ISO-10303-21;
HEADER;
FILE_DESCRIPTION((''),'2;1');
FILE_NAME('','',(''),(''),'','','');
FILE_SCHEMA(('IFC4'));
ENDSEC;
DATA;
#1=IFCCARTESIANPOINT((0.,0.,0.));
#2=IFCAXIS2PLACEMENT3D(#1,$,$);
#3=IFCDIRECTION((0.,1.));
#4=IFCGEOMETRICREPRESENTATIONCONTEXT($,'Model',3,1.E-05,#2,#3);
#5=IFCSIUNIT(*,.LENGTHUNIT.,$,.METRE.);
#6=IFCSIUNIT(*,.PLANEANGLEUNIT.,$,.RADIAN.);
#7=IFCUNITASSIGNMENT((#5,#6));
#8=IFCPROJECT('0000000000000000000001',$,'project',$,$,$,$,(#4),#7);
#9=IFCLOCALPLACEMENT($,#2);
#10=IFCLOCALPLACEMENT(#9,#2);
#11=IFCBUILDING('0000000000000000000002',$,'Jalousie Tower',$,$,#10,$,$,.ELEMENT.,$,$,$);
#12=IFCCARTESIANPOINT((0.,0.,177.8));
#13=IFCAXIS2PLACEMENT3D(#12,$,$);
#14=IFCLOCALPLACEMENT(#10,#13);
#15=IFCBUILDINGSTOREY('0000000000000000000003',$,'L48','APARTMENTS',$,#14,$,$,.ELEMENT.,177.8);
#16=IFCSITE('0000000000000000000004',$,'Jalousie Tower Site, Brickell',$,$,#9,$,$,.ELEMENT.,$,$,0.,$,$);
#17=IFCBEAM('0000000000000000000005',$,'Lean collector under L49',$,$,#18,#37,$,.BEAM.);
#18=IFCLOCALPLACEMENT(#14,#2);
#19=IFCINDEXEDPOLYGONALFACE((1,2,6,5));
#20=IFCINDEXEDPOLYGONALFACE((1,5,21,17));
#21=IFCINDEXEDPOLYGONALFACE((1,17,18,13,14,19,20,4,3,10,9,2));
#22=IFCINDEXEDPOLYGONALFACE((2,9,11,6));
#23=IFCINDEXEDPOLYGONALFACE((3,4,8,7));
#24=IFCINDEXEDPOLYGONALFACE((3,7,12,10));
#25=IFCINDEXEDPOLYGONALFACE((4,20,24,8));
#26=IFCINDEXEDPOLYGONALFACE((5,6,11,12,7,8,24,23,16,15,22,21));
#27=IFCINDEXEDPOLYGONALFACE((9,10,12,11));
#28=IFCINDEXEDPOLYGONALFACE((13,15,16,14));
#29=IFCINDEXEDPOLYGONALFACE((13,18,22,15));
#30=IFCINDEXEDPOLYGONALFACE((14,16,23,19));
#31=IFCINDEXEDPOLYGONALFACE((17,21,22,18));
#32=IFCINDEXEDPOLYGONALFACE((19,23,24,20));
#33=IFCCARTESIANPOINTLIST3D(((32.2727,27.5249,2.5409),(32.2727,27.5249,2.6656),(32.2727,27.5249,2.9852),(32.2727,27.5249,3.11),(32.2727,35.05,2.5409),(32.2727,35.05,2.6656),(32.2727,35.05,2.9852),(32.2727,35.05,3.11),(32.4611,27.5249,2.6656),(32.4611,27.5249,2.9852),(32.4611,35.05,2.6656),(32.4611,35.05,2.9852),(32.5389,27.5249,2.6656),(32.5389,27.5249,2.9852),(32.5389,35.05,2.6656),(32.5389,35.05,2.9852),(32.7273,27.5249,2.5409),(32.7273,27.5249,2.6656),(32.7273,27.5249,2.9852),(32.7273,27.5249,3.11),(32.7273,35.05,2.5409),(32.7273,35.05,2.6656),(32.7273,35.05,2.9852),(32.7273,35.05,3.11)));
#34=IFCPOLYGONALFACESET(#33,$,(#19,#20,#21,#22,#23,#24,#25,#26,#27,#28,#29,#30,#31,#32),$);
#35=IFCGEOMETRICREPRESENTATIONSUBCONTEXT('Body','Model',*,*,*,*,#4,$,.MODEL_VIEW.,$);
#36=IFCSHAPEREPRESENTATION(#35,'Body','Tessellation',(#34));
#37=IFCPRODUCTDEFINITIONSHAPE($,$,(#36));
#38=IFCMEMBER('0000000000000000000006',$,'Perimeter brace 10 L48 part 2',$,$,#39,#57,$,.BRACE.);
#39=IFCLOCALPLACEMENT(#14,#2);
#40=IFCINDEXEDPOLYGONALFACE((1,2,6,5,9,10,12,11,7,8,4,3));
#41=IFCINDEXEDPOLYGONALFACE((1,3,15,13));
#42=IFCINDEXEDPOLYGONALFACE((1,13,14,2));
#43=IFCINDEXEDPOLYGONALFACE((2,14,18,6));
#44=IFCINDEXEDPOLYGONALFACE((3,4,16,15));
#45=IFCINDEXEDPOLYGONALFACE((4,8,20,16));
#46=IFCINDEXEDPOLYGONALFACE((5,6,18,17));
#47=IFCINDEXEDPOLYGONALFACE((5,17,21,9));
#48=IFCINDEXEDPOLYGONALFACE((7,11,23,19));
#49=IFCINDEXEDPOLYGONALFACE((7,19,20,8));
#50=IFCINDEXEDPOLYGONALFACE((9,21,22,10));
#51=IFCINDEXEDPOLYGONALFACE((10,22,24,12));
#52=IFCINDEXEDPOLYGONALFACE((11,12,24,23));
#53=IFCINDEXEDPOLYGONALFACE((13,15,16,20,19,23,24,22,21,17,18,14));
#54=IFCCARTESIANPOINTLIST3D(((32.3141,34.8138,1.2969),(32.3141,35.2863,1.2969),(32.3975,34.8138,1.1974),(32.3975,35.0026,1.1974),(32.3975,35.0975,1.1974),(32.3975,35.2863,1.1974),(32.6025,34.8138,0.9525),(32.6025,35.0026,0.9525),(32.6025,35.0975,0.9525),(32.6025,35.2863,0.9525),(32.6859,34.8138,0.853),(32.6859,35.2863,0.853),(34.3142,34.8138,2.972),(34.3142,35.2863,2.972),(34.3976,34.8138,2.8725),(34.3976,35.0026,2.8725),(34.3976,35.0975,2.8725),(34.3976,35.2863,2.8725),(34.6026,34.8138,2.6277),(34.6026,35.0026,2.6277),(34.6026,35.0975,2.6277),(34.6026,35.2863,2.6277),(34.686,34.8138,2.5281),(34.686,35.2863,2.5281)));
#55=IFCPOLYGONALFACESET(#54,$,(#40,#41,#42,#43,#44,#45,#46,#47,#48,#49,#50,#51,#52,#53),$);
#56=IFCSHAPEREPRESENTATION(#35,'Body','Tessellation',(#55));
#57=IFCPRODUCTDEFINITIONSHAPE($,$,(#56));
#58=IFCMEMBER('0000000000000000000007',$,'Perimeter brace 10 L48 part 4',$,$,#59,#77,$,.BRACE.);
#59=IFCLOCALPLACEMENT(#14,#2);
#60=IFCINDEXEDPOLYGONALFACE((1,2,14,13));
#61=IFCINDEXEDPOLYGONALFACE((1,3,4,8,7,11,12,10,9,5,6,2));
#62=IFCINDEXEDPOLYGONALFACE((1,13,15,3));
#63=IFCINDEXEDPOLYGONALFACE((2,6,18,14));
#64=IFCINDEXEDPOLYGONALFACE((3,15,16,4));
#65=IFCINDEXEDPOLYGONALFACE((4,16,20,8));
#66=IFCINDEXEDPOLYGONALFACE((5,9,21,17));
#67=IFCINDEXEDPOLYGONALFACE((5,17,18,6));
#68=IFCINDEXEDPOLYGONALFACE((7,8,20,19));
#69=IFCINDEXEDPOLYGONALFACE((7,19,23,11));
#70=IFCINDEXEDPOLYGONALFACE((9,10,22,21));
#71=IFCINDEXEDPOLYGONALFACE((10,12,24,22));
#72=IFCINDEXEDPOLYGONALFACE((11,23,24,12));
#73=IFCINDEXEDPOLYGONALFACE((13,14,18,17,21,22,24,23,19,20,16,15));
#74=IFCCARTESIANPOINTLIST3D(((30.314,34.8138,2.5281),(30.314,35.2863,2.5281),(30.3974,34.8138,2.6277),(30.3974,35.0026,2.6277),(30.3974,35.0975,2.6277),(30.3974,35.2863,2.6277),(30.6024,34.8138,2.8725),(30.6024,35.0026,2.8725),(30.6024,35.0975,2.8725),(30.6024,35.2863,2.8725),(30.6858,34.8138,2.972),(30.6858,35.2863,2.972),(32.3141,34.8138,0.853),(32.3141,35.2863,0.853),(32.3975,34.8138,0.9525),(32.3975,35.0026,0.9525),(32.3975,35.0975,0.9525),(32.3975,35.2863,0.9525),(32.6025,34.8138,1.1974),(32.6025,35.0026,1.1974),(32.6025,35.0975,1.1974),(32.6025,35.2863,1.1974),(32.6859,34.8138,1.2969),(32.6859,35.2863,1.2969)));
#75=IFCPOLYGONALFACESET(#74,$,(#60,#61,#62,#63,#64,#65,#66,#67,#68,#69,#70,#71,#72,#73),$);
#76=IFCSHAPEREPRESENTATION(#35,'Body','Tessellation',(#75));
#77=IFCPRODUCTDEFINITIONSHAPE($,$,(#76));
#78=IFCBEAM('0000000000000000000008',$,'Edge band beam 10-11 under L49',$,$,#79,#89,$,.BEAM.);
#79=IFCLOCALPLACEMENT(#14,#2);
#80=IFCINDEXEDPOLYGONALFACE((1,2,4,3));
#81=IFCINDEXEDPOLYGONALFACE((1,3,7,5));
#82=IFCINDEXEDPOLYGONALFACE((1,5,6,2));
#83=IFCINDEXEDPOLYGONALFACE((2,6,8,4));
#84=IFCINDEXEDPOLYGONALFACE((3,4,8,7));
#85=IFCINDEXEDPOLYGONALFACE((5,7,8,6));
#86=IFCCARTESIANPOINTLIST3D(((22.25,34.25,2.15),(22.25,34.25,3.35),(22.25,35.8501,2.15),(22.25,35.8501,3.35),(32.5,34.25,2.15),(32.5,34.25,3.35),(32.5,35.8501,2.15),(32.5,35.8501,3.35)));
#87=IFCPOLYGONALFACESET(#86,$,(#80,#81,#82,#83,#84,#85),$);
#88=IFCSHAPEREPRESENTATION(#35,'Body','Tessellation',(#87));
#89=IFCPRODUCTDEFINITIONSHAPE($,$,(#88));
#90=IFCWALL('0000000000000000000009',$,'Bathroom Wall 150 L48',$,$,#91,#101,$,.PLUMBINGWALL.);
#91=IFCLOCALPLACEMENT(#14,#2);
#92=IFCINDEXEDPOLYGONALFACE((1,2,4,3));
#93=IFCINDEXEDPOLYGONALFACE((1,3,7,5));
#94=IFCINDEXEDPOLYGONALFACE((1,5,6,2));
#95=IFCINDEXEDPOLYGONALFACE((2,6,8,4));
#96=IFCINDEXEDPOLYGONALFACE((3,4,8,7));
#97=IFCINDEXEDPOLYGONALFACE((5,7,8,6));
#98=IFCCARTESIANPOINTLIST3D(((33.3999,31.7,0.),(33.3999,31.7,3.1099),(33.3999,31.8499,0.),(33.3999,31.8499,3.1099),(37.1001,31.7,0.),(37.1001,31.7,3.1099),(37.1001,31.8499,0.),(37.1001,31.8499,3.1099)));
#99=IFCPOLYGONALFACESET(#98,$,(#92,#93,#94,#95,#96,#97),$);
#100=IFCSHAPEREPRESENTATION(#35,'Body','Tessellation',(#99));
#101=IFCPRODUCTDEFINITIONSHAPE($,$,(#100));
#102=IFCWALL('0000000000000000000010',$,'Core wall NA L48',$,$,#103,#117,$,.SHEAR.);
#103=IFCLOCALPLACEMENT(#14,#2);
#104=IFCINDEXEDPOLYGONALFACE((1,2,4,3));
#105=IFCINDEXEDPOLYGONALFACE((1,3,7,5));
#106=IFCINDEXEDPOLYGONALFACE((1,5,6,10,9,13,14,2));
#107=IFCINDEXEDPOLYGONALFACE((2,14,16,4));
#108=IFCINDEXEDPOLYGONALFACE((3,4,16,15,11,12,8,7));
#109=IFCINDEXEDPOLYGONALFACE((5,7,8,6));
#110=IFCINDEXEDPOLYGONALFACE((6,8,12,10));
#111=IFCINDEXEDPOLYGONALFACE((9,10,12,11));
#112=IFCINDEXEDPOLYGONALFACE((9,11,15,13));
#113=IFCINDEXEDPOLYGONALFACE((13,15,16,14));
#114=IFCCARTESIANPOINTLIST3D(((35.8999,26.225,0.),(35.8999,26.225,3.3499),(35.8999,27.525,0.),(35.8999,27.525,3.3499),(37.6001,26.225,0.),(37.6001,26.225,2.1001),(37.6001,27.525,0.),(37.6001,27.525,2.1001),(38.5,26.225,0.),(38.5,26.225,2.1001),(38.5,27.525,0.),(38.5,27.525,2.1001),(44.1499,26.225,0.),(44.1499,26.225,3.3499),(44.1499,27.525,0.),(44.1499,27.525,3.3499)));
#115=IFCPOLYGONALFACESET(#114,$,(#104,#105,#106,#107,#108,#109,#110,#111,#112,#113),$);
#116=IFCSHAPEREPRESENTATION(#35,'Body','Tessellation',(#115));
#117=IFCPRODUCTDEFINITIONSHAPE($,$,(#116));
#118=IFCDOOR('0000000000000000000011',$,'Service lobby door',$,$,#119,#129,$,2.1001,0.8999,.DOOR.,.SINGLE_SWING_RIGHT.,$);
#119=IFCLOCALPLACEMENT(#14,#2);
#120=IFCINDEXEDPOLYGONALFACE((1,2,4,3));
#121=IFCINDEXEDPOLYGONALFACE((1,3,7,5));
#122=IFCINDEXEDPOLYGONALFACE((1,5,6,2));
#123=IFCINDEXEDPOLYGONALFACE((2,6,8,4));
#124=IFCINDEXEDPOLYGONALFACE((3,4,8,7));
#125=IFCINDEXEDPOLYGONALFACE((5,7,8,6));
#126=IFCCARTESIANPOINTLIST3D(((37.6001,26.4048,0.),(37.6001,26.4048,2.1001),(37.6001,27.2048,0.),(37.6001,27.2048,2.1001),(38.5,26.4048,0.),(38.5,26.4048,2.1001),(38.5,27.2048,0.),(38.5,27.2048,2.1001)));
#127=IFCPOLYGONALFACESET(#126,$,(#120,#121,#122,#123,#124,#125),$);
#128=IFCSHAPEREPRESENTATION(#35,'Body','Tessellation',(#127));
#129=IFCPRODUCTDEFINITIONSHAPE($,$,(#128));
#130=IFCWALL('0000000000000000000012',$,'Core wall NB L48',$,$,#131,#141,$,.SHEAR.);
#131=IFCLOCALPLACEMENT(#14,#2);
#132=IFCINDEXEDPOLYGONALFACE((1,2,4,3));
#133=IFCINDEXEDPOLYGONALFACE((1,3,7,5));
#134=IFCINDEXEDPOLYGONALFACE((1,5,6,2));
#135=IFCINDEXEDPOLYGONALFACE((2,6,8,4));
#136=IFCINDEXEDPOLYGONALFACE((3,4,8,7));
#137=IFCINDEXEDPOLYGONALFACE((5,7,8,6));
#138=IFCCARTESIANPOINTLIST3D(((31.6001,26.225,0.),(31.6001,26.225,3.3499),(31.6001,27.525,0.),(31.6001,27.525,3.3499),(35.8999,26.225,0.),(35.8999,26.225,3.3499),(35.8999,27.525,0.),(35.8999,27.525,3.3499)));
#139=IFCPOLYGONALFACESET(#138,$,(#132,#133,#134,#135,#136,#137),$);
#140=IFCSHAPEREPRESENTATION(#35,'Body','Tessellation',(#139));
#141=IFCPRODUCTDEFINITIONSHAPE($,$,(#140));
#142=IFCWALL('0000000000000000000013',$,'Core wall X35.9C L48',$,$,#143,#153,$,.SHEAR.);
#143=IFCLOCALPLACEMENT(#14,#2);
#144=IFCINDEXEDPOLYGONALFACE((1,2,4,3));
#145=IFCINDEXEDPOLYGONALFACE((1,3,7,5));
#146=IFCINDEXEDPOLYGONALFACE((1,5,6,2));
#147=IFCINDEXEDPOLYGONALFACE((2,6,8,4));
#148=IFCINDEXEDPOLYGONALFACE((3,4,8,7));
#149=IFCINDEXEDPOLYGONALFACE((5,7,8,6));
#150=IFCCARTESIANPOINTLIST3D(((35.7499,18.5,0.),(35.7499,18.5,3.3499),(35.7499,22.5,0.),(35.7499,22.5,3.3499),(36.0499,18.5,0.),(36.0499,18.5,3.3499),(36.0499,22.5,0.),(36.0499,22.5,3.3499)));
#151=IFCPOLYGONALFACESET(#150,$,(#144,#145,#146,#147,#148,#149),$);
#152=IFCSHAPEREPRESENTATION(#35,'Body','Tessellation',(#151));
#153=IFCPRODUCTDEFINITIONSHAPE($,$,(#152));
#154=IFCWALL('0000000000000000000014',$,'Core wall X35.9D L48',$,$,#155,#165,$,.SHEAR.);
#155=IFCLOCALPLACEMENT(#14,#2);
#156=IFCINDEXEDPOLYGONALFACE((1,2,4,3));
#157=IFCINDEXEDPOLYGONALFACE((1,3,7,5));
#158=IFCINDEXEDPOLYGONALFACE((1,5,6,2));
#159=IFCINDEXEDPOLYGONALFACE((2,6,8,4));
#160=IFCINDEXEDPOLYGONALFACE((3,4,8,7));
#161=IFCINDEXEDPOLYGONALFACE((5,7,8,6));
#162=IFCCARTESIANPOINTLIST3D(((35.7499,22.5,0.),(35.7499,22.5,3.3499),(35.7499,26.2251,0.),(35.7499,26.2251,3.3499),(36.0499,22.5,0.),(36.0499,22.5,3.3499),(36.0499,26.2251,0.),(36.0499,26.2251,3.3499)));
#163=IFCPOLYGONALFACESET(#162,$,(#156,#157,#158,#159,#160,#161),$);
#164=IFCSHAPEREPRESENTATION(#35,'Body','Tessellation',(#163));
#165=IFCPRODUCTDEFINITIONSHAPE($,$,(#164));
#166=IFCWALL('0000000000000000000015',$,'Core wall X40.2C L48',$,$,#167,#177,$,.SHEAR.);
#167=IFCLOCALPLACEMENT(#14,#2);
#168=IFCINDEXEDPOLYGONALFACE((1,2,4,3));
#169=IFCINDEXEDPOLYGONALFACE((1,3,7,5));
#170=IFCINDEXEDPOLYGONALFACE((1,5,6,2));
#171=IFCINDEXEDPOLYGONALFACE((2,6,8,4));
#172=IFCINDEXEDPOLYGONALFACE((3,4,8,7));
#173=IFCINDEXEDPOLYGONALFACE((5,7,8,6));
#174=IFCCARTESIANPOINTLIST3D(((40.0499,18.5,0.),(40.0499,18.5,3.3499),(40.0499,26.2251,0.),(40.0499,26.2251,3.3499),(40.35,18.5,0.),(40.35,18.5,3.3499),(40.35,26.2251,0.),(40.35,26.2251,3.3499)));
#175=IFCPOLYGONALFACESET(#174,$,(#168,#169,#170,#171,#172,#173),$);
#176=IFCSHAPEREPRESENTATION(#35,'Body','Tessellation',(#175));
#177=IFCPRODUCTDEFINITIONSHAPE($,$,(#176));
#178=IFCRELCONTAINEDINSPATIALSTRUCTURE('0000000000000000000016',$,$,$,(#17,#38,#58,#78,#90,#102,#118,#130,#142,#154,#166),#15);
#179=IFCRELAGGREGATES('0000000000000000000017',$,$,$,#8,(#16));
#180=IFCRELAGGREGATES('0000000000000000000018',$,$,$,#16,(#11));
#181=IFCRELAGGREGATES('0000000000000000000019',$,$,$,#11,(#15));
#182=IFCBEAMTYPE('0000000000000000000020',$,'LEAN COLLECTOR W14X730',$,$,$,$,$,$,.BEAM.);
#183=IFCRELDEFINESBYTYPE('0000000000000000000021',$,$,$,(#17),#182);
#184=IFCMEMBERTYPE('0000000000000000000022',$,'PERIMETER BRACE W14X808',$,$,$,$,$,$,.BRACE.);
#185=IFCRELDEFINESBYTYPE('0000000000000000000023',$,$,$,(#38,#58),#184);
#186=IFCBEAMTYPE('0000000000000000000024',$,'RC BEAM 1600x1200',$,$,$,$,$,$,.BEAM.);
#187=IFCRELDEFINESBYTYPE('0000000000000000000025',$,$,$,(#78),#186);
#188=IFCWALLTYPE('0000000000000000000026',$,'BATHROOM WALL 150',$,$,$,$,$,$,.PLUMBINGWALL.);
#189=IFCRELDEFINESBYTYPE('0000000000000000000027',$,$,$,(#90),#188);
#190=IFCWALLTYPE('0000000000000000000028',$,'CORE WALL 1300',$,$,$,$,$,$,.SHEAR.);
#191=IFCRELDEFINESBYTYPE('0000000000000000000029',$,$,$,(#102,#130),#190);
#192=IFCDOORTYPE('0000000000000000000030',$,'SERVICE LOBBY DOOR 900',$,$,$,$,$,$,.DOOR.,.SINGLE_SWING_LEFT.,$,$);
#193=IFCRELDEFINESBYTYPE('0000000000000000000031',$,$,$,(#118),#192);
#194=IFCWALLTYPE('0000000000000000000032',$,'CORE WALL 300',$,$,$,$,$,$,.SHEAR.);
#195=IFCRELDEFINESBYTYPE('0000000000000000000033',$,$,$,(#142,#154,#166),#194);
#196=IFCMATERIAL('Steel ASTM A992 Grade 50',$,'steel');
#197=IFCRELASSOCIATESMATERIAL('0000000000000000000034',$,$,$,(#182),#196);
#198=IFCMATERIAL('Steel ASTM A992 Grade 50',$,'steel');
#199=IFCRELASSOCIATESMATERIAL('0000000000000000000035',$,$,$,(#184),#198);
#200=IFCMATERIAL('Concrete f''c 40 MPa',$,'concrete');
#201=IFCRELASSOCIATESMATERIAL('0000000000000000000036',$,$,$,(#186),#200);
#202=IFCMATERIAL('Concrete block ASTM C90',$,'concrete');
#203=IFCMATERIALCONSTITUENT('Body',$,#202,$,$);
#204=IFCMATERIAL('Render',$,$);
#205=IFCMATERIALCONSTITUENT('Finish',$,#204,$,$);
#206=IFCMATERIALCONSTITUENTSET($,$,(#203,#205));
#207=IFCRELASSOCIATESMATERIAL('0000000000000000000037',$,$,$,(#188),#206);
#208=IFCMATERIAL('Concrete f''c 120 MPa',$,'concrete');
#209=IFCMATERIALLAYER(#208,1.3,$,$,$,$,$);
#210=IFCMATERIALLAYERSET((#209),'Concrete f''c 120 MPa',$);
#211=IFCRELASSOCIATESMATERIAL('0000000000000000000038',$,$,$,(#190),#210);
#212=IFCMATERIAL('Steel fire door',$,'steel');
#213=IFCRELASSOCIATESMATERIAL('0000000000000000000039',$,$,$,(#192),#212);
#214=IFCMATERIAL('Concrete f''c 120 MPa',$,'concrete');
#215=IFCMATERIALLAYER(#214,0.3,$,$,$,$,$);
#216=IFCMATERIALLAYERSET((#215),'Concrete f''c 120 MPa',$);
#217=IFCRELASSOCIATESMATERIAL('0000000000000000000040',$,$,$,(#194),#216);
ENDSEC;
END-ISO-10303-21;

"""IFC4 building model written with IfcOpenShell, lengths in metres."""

from ifc_helpers import new_model, si_unit, direction, frame, frame_2d, origin, origin_2d, place, context, subcontext, project, spatial, rectangle, i_section, extrude, material, layer, layer_set, constituent, constituent_set, material_profile, profile_set, type_object, element, fill, save


model = new_model("IFC4")

# Units and contexts
model_context = context("Model", 3, precision=1e-05, world=origin(), true_north=direction((0.0, 1.0)))
body_context = subcontext(model_context, "Body", "Model", "MODEL_VIEW")
ifc_project = project(units=[si_unit("LENGTHUNIT", "METRE"), si_unit("PLANEANGLEUNIT", "RADIAN")], contexts=[model_context])

# Site, building, storey
site_placement = place(None, origin())
site = spatial("IfcSite", under=ifc_project, at=site_placement, Name="Jalousie Tower Site, Brickell", CompositionType="ELEMENT", RefElevation=0.0)
building_placement = place(site_placement, origin())
building = spatial("IfcBuilding", under=site, at=building_placement, Name="Jalousie Tower", CompositionType="ELEMENT")
storey_placement = place(building_placement, frame((0.0, 0.0, 177.8)))
storey = spatial("IfcBuildingStorey", under=building, at=storey_placement, Name="L48", Description="APARTMENTS", CompositionType="ELEMENT", Elevation=177.8)

# Beam
ifc_material_1 = material(Name="Steel ASTM A992 Grade 50", Category="steel")
ifc_material_profile_1 = material_profile(ifc_material_1, i_section(OverallWidth=0.4546, OverallDepth=0.5691, WebThickness=0.0779, FlangeThickness=0.1248, at=origin_2d()), Name="W14X730")
ifc_profile_set_1 = profile_set([ifc_material_profile_1], Name="Steel ASTM A992 Grade 50")
beam_type_1 = type_object("IfcBeamType", Name="LEAN COLLECTOR W14X730", PredefinedType="BEAM", material=ifc_profile_set_1)
beam_1_placement = place(storey_placement, frame((32.5, 35.05, 2.8254), z_axis=(0.0, -1.0, 0.0), x_axis=(1.0, 0.0, 0.0)))
element("IfcBeam", 1, at=beam_1_placement, inside=storey, type_object=beam_type_1, Name="Lean collector under L49", PredefinedType="BEAM", context=body_context, shape_type="SweptSolid", body=[
    extrude(i_section(OverallWidth=0.4546, OverallDepth=0.5691, WebThickness=0.0779, FlangeThickness=0.1248, at=origin_2d()), origin(), (0.0, 0.0, 1.0), 7.5251),
])

# Members
ifc_material_2 = material(Name="Steel ASTM A992 Grade 50", Category="steel")
ifc_material_profile_2 = material_profile(ifc_material_2, i_section(OverallWidth=0.4724, OverallDepth=0.5791, WebThickness=0.095, FlangeThickness=0.1299, at=origin_2d()), Name="W14X808")
ifc_profile_set_2 = profile_set([ifc_material_profile_2], Name="Steel ASTM A992 Grade 50")
member_type = type_object("IfcMemberType", Name="PERIMETER BRACE W14X808", PredefinedType="BRACE", material=ifc_profile_set_2)
for number, where, z_axis, x_axis, name in (
    (2, (32.5, 35.05, 1.075), (0.766639, 0.0, 0.642079), (0.0, 1.0, 0.0), "Perimeter brace 10 L48 part 2"),
    (3, (32.5, 35.05, 1.075), (-0.766639, 0.0, 0.642079), (0.0, -1.0, 0.0), "Perimeter brace 10 L48 part 4"),
):
    element("IfcMember", number, at=place(storey_placement, frame(where, z_axis=z_axis, x_axis=x_axis)), inside=storey, type_object=member_type, Name=name, PredefinedType="BRACE", context=body_context, shape_type="SweptSolid", body=[
        extrude(i_section(OverallWidth=0.4724, OverallDepth=0.5791, WebThickness=0.095, FlangeThickness=0.1299, at=origin_2d()), origin(), (0.0, 0.0, 1.0), 2.6089),
    ])

# Beam
ifc_material_3 = material(Name="Concrete f'c 40 MPa", Category="concrete")
ifc_material_profile_3 = material_profile(ifc_material_3, rectangle(XDim=1.6001, YDim=1.2, at=origin_2d()), Name="RC 1600x1200")
ifc_profile_set_3 = profile_set([ifc_material_profile_3], Name="Concrete f'c 40 MPa")
beam_type_2 = type_object("IfcBeamType", Name="RC BEAM 1600x1200", PredefinedType="BEAM", material=ifc_profile_set_3)
beam_2_placement = place(storey_placement, frame((32.5, 35.05, 2.75), z_axis=(-1.0, 0.0, 0.0), x_axis=(0.0, -1.0, 0.0)))
element("IfcBeam", 4, at=beam_2_placement, inside=storey, type_object=beam_type_2, Name="Edge band beam 10-11 under L49", PredefinedType="BEAM", context=body_context, shape_type="SweptSolid", body=[
    extrude(rectangle(XDim=1.6001, YDim=1.2, at=origin_2d()), origin(), (0.0, 0.0, 1.0), 10.25),
])

# Wall
ifc_material_4 = material(Name="Concrete block ASTM C90", Category="concrete")
ifc_constituent_1 = constituent(ifc_material_4, Name="Body")
ifc_material_5 = material(Name="Render")
ifc_constituent_2 = constituent(ifc_material_5, Name="Finish")
ifc_constituent_set_1 = constituent_set(constituents=[ifc_constituent_1, ifc_constituent_2])
wall_type_1 = type_object("IfcWallType", Name="BATHROOM WALL 150", PredefinedType="PLUMBINGWALL", material=ifc_constituent_set_1)
wall_1_placement = place(storey_placement, frame((33.3999, 31.7749, 0.0), z_axis=(0.0, 0.0, 1.0), x_axis=(1.0, 0.0, 0.0)))
element("IfcWall", 5, at=wall_1_placement, inside=storey, type_object=wall_type_1, Name="Bathroom Wall 150 L48", PredefinedType="PLUMBINGWALL", context=body_context, shape_type="SweptSolid", body=[
    extrude(rectangle(XDim=3.7002, YDim=0.1499, at=frame_2d((1.8501, 0.0))), origin(), (0.0, 0.0, 1.0), 3.1099),
])

# Wall, opening, door
ifc_material_6 = material(Name="Concrete f'c 120 MPa", Category="concrete")
ifc_layer_1 = layer(ifc_material_6, 1.3)
ifc_layer_set_1 = layer_set([ifc_layer_1], Name="Concrete f'c 120 MPa")
wall_type_2 = type_object("IfcWallType", Name="CORE WALL 1300", PredefinedType="SHEAR", material=ifc_layer_set_1)
wall_2_placement = place(storey_placement, frame((44.1499, 26.875, 0.0), z_axis=(0.0, 0.0, 1.0), x_axis=(-1.0, 0.0, 0.0)))
wall_2 = element("IfcWall", 6, at=wall_2_placement, inside=storey, type_object=wall_type_2, Name="Core wall NA L48", PredefinedType="SHEAR", context=body_context, shape_type="SweptSolid", body=[
    extrude(rectangle(XDim=8.25, YDim=1.3, at=frame_2d((4.125, 0.0))), origin(), (0.0, 0.0, 1.0), 3.3499),
])
opening_1_placement = place(wall_2_placement, frame((5.6499, 0.0, 0.0)))
opening_1 = element("IfcOpeningElement", 7, at=opening_1_placement, cuts=wall_2, PredefinedType="OPENING", context=body_context, shape_type="SweptSolid", body=[
    extrude(rectangle(XDim=0.8999, YDim=2.1001, at=frame_2d((0.45, 1.05))), frame((0.0, 0.6599, 0.0), z_axis=(0.0, -1.0, 0.0), x_axis=(1.0, 0.0, 0.0)), (0.0, 0.0, 1.0), 1.3201),
])
ifc_material_7 = material(Name="Steel fire door", Category="steel")
door_type_1 = type_object("IfcDoorType", Name="SERVICE LOBBY DOOR 900", OperationType="SINGLE_SWING_LEFT", PredefinedType="DOOR", material=ifc_material_7)
door_1_placement = place(opening_1_placement, origin())
door_1 = element("IfcDoor", 8, at=door_1_placement, inside=storey, type_object=door_type_1, Name="Service lobby door", OperationType="SINGLE_SWING_RIGHT", OverallHeight=2.1001, OverallWidth=0.8999, PredefinedType="DOOR", context=body_context, shape_type="SweptSolid", body=[
    extrude(rectangle(XDim=0.8999, YDim=2.1001, at=frame_2d((0.45, 1.05))), frame((0.0, 0.4702, 0.0), z_axis=(0.0, -1.0, 0.0), x_axis=(1.0, 0.0, 0.0)), (0.0, 0.0, 1.0), 0.8),
])
fill(opening_1, door_1)

# Walls
wall_3_placement = place(storey_placement, frame((35.8999, 26.875, 0.0), z_axis=(0.0, 0.0, 1.0), x_axis=(-1.0, 0.0, 0.0)))
element("IfcWall", 9, at=wall_3_placement, inside=storey, type_object=wall_type_2, Name="Core wall NB L48", PredefinedType="SHEAR", context=body_context, shape_type="SweptSolid", body=[
    extrude(rectangle(XDim=4.2998, YDim=1.3, at=frame_2d((2.1499, 0.0))), origin(), (0.0, 0.0, 1.0), 3.3499),
])
ifc_material_8 = material(Name="Concrete f'c 120 MPa", Category="concrete")
ifc_layer_2 = layer(ifc_material_8, 0.3)
ifc_layer_set_2 = layer_set([ifc_layer_2], Name="Concrete f'c 120 MPa")
wall_type_3 = type_object("IfcWallType", Name="CORE WALL 300", PredefinedType="SHEAR", material=ifc_layer_set_2)
wall_4_placement = place(storey_placement, frame((35.8999, 18.5, 0.0), z_axis=(0.0, 0.0, 1.0), x_axis=(0.0, 1.0, 0.0)))
element("IfcWall", 10, at=wall_4_placement, inside=storey, type_object=wall_type_3, Name="Core wall X35.9C L48", PredefinedType="SHEAR", context=body_context, shape_type="SweptSolid", body=[
    extrude(rectangle(XDim=4.0, YDim=0.3, at=frame_2d((2.0, 0.0))), origin(), (0.0, 0.0, 1.0), 3.3499),
])
wall_5_placement = place(storey_placement, frame((35.8999, 22.5, 0.0), z_axis=(0.0, 0.0, 1.0), x_axis=(0.0, 1.0, 0.0)))
element("IfcWall", 11, at=wall_5_placement, inside=storey, type_object=wall_type_3, Name="Core wall X35.9D L48", PredefinedType="SHEAR", context=body_context, shape_type="SweptSolid", body=[
    extrude(rectangle(XDim=3.7251, YDim=0.3, at=frame_2d((1.8625, 0.0))), origin(), (0.0, 0.0, 1.0), 3.3499),
])
wall_6_placement = place(storey_placement, frame((40.2, 18.5, 0.0), z_axis=(0.0, 0.0, 1.0), x_axis=(0.0, 1.0, 0.0)))
element("IfcWall", 12, at=wall_6_placement, inside=storey, type_object=wall_type_3, Name="Core wall X40.2C L48", PredefinedType="SHEAR", context=body_context, shape_type="SweptSolid", body=[
    extrude(rectangle(XDim=7.7251, YDim=0.3, at=frame_2d((3.8625, 0.0))), origin(), (0.0, 0.0, 1.0), 3.3499),
])

save(model, "model.ifc")
